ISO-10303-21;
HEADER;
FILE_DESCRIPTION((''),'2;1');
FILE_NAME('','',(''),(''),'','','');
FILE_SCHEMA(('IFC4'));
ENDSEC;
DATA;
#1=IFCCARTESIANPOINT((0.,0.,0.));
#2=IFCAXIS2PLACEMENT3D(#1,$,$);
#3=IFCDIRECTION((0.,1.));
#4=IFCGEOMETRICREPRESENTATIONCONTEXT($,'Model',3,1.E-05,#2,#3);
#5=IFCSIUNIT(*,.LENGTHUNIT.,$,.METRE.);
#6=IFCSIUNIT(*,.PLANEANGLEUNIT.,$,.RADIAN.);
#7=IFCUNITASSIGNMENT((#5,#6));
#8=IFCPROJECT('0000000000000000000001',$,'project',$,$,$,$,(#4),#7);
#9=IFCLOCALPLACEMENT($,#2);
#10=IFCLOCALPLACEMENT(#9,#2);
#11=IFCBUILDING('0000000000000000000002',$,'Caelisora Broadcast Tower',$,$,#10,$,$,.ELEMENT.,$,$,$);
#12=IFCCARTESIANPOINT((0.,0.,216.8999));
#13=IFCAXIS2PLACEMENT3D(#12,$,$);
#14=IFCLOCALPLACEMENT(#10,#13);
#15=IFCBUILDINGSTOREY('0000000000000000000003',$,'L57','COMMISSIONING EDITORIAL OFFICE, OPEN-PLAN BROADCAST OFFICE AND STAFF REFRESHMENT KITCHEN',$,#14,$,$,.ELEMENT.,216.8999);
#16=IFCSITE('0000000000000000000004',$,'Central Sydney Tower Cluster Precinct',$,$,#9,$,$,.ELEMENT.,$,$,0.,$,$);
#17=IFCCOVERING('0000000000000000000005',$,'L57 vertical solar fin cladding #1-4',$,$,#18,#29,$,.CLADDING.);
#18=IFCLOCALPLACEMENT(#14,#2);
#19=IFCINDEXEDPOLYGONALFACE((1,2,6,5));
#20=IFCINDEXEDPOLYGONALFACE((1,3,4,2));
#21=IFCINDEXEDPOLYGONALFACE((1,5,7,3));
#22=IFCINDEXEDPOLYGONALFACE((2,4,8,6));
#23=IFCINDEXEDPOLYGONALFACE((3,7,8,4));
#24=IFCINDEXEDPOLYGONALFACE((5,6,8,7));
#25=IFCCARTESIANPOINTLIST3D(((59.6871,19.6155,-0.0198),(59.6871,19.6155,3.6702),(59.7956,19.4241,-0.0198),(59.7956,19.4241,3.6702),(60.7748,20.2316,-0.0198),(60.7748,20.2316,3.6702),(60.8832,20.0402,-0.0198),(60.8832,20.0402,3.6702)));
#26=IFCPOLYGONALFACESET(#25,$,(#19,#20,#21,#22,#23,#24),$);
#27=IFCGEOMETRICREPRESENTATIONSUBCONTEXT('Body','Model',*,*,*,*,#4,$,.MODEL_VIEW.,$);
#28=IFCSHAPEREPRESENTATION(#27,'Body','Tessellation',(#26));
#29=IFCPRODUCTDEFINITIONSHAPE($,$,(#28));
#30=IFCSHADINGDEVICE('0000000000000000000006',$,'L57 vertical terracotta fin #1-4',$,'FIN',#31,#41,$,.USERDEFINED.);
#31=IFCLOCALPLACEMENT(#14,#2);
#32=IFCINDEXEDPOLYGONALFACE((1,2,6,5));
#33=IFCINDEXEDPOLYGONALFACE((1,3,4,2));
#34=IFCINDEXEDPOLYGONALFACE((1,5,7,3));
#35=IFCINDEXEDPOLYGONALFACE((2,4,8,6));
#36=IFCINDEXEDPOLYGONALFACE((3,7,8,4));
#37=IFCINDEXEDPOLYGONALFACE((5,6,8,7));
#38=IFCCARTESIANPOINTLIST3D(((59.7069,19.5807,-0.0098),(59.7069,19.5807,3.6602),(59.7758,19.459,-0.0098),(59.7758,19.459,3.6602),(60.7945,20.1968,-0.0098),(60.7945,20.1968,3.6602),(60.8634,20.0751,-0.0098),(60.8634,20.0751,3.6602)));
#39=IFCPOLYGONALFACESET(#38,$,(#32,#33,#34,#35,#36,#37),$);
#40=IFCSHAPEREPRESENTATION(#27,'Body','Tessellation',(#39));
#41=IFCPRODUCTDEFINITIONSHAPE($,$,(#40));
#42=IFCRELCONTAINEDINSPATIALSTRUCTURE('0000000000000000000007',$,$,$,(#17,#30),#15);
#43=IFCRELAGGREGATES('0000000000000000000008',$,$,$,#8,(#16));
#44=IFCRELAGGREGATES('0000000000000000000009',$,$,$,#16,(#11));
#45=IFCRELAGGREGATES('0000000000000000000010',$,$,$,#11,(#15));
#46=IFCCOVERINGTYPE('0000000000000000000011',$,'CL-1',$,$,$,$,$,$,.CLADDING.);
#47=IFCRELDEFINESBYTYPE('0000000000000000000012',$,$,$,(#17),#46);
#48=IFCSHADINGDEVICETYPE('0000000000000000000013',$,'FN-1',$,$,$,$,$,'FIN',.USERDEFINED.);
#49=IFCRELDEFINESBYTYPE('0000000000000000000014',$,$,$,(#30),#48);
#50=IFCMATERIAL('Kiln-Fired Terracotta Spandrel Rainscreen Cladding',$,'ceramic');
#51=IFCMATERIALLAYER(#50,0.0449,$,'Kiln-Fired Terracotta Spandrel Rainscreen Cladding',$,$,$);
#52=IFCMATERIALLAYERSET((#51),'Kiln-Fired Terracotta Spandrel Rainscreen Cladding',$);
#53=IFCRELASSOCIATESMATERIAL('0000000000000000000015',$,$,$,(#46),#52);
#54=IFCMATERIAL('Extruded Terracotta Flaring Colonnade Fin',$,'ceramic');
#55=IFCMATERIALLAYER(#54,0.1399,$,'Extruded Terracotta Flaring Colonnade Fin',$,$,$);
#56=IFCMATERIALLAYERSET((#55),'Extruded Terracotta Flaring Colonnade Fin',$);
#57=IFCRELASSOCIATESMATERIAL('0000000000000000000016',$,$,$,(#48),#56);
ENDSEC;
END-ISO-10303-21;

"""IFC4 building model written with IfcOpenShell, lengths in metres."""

from ifc_helpers import new_model, si_unit, direction, frame, origin, origin_2d, place, context, subcontext, project, spatial, rectangle, extrude, source, transform, mapped, material, layer, layer_set, type_object, type_shapes, element, save


model = new_model("IFC4")

# Units and contexts
model_context = context("Model", 3, precision=1e-05, world=origin(), true_north=direction((0.0, 1.0)))
body_context = subcontext(model_context, "Body", "Model", "MODEL_VIEW")
ifc_project = project(units=[si_unit("LENGTHUNIT", "METRE"), si_unit("PLANEANGLEUNIT", "RADIAN")], contexts=[model_context])

# Site, building, storey
site_placement = place(None, origin())
site = spatial("IfcSite", under=ifc_project, at=site_placement, Name="Central Sydney Tower Cluster Precinct", CompositionType="ELEMENT", RefElevation=0.0)
building_placement = place(site_placement, origin())
building = spatial("IfcBuilding", under=site, at=building_placement, Name="Caelisora Broadcast Tower", CompositionType="ELEMENT")
storey_placement = place(building_placement, frame((0.0, 0.0, 216.8999)))
storey = spatial("IfcBuildingStorey", under=building, at=storey_placement, Name="L57", Description="COMMISSIONING EDITORIAL OFFICE, OPEN-PLAN BROADCAST OFFICE AND STAFF REFRESHMENT KITCHEN", CompositionType="ELEMENT", Elevation=216.8999)

# Covering
ifc_material_1 = material(Name="Kiln-Fired Terracotta Spandrel Rainscreen Cladding", Category="ceramic")
ifc_layer_1 = layer(ifc_material_1, 0.0449, Name="Kiln-Fired Terracotta Spandrel Rainscreen Cladding")
ifc_layer_set_1 = layer_set([ifc_layer_1], Name="Kiln-Fired Terracotta Spandrel Rainscreen Cladding")
covering_type = type_object("IfcCoveringType", Name="CL-1", PredefinedType="CLADDING", material=ifc_layer_set_1)
shared_shape_1 = source(origin(), body_context, "Body", "SweptSolid", [
    extrude(rectangle(XDim=0.22, YDim=1.25, at=origin_2d()), origin(), (0.0, 0.0, 1.0), 3.6899),
])
type_shapes(covering_type, [shared_shape_1])
covering_placement = place(storey_placement, frame((60.2852, 19.8279, -0.0198), z_axis=(0.0, 0.0, 1.0), x_axis=(0.492879, -0.870098, 0.0)))
element("IfcCovering", 1, at=covering_placement, inside=storey, type_object=covering_type, Name="L57 vertical solar fin cladding #1-4", PredefinedType="CLADDING", context=body_context, shape_type="MappedRepresentation", body=[
    mapped(shared_shape_1, transform((0.0, 0.0, 0.0), scale=1.0)),
])

# Shading device
ifc_material_2 = material(Name="Extruded Terracotta Flaring Colonnade Fin", Category="ceramic")
ifc_layer_2 = layer(ifc_material_2, 0.1399, Name="Extruded Terracotta Flaring Colonnade Fin")
ifc_layer_set_2 = layer_set([ifc_layer_2], Name="Extruded Terracotta Flaring Colonnade Fin")
shading_device_type = type_object("IfcShadingDeviceType", Name="FN-1", ElementType="FIN", PredefinedType="USERDEFINED", material=ifc_layer_set_2)
shared_shape_2 = source(origin(), body_context, "Body", "SweptSolid", [
    extrude(rectangle(XDim=0.1399, YDim=1.25, at=origin_2d()), origin(), (0.0, 0.0, 1.0), 3.6699),
])
type_shapes(shading_device_type, [shared_shape_2])
shading_device_placement = place(storey_placement, frame((60.2852, 19.8279, -0.0098), z_axis=(0.0, 0.0, 1.0), x_axis=(0.492879, -0.870098, 0.0)))
element("IfcShadingDevice", 2, at=shading_device_placement, inside=storey, type_object=shading_device_type, Name="L57 vertical terracotta fin #1-4", ObjectType="FIN", PredefinedType="USERDEFINED", context=body_context, shape_type="MappedRepresentation", body=[
    mapped(shared_shape_2, transform((0.0, 0.0, 0.0), scale=1.0)),
])

save(model, "model.ifc")
